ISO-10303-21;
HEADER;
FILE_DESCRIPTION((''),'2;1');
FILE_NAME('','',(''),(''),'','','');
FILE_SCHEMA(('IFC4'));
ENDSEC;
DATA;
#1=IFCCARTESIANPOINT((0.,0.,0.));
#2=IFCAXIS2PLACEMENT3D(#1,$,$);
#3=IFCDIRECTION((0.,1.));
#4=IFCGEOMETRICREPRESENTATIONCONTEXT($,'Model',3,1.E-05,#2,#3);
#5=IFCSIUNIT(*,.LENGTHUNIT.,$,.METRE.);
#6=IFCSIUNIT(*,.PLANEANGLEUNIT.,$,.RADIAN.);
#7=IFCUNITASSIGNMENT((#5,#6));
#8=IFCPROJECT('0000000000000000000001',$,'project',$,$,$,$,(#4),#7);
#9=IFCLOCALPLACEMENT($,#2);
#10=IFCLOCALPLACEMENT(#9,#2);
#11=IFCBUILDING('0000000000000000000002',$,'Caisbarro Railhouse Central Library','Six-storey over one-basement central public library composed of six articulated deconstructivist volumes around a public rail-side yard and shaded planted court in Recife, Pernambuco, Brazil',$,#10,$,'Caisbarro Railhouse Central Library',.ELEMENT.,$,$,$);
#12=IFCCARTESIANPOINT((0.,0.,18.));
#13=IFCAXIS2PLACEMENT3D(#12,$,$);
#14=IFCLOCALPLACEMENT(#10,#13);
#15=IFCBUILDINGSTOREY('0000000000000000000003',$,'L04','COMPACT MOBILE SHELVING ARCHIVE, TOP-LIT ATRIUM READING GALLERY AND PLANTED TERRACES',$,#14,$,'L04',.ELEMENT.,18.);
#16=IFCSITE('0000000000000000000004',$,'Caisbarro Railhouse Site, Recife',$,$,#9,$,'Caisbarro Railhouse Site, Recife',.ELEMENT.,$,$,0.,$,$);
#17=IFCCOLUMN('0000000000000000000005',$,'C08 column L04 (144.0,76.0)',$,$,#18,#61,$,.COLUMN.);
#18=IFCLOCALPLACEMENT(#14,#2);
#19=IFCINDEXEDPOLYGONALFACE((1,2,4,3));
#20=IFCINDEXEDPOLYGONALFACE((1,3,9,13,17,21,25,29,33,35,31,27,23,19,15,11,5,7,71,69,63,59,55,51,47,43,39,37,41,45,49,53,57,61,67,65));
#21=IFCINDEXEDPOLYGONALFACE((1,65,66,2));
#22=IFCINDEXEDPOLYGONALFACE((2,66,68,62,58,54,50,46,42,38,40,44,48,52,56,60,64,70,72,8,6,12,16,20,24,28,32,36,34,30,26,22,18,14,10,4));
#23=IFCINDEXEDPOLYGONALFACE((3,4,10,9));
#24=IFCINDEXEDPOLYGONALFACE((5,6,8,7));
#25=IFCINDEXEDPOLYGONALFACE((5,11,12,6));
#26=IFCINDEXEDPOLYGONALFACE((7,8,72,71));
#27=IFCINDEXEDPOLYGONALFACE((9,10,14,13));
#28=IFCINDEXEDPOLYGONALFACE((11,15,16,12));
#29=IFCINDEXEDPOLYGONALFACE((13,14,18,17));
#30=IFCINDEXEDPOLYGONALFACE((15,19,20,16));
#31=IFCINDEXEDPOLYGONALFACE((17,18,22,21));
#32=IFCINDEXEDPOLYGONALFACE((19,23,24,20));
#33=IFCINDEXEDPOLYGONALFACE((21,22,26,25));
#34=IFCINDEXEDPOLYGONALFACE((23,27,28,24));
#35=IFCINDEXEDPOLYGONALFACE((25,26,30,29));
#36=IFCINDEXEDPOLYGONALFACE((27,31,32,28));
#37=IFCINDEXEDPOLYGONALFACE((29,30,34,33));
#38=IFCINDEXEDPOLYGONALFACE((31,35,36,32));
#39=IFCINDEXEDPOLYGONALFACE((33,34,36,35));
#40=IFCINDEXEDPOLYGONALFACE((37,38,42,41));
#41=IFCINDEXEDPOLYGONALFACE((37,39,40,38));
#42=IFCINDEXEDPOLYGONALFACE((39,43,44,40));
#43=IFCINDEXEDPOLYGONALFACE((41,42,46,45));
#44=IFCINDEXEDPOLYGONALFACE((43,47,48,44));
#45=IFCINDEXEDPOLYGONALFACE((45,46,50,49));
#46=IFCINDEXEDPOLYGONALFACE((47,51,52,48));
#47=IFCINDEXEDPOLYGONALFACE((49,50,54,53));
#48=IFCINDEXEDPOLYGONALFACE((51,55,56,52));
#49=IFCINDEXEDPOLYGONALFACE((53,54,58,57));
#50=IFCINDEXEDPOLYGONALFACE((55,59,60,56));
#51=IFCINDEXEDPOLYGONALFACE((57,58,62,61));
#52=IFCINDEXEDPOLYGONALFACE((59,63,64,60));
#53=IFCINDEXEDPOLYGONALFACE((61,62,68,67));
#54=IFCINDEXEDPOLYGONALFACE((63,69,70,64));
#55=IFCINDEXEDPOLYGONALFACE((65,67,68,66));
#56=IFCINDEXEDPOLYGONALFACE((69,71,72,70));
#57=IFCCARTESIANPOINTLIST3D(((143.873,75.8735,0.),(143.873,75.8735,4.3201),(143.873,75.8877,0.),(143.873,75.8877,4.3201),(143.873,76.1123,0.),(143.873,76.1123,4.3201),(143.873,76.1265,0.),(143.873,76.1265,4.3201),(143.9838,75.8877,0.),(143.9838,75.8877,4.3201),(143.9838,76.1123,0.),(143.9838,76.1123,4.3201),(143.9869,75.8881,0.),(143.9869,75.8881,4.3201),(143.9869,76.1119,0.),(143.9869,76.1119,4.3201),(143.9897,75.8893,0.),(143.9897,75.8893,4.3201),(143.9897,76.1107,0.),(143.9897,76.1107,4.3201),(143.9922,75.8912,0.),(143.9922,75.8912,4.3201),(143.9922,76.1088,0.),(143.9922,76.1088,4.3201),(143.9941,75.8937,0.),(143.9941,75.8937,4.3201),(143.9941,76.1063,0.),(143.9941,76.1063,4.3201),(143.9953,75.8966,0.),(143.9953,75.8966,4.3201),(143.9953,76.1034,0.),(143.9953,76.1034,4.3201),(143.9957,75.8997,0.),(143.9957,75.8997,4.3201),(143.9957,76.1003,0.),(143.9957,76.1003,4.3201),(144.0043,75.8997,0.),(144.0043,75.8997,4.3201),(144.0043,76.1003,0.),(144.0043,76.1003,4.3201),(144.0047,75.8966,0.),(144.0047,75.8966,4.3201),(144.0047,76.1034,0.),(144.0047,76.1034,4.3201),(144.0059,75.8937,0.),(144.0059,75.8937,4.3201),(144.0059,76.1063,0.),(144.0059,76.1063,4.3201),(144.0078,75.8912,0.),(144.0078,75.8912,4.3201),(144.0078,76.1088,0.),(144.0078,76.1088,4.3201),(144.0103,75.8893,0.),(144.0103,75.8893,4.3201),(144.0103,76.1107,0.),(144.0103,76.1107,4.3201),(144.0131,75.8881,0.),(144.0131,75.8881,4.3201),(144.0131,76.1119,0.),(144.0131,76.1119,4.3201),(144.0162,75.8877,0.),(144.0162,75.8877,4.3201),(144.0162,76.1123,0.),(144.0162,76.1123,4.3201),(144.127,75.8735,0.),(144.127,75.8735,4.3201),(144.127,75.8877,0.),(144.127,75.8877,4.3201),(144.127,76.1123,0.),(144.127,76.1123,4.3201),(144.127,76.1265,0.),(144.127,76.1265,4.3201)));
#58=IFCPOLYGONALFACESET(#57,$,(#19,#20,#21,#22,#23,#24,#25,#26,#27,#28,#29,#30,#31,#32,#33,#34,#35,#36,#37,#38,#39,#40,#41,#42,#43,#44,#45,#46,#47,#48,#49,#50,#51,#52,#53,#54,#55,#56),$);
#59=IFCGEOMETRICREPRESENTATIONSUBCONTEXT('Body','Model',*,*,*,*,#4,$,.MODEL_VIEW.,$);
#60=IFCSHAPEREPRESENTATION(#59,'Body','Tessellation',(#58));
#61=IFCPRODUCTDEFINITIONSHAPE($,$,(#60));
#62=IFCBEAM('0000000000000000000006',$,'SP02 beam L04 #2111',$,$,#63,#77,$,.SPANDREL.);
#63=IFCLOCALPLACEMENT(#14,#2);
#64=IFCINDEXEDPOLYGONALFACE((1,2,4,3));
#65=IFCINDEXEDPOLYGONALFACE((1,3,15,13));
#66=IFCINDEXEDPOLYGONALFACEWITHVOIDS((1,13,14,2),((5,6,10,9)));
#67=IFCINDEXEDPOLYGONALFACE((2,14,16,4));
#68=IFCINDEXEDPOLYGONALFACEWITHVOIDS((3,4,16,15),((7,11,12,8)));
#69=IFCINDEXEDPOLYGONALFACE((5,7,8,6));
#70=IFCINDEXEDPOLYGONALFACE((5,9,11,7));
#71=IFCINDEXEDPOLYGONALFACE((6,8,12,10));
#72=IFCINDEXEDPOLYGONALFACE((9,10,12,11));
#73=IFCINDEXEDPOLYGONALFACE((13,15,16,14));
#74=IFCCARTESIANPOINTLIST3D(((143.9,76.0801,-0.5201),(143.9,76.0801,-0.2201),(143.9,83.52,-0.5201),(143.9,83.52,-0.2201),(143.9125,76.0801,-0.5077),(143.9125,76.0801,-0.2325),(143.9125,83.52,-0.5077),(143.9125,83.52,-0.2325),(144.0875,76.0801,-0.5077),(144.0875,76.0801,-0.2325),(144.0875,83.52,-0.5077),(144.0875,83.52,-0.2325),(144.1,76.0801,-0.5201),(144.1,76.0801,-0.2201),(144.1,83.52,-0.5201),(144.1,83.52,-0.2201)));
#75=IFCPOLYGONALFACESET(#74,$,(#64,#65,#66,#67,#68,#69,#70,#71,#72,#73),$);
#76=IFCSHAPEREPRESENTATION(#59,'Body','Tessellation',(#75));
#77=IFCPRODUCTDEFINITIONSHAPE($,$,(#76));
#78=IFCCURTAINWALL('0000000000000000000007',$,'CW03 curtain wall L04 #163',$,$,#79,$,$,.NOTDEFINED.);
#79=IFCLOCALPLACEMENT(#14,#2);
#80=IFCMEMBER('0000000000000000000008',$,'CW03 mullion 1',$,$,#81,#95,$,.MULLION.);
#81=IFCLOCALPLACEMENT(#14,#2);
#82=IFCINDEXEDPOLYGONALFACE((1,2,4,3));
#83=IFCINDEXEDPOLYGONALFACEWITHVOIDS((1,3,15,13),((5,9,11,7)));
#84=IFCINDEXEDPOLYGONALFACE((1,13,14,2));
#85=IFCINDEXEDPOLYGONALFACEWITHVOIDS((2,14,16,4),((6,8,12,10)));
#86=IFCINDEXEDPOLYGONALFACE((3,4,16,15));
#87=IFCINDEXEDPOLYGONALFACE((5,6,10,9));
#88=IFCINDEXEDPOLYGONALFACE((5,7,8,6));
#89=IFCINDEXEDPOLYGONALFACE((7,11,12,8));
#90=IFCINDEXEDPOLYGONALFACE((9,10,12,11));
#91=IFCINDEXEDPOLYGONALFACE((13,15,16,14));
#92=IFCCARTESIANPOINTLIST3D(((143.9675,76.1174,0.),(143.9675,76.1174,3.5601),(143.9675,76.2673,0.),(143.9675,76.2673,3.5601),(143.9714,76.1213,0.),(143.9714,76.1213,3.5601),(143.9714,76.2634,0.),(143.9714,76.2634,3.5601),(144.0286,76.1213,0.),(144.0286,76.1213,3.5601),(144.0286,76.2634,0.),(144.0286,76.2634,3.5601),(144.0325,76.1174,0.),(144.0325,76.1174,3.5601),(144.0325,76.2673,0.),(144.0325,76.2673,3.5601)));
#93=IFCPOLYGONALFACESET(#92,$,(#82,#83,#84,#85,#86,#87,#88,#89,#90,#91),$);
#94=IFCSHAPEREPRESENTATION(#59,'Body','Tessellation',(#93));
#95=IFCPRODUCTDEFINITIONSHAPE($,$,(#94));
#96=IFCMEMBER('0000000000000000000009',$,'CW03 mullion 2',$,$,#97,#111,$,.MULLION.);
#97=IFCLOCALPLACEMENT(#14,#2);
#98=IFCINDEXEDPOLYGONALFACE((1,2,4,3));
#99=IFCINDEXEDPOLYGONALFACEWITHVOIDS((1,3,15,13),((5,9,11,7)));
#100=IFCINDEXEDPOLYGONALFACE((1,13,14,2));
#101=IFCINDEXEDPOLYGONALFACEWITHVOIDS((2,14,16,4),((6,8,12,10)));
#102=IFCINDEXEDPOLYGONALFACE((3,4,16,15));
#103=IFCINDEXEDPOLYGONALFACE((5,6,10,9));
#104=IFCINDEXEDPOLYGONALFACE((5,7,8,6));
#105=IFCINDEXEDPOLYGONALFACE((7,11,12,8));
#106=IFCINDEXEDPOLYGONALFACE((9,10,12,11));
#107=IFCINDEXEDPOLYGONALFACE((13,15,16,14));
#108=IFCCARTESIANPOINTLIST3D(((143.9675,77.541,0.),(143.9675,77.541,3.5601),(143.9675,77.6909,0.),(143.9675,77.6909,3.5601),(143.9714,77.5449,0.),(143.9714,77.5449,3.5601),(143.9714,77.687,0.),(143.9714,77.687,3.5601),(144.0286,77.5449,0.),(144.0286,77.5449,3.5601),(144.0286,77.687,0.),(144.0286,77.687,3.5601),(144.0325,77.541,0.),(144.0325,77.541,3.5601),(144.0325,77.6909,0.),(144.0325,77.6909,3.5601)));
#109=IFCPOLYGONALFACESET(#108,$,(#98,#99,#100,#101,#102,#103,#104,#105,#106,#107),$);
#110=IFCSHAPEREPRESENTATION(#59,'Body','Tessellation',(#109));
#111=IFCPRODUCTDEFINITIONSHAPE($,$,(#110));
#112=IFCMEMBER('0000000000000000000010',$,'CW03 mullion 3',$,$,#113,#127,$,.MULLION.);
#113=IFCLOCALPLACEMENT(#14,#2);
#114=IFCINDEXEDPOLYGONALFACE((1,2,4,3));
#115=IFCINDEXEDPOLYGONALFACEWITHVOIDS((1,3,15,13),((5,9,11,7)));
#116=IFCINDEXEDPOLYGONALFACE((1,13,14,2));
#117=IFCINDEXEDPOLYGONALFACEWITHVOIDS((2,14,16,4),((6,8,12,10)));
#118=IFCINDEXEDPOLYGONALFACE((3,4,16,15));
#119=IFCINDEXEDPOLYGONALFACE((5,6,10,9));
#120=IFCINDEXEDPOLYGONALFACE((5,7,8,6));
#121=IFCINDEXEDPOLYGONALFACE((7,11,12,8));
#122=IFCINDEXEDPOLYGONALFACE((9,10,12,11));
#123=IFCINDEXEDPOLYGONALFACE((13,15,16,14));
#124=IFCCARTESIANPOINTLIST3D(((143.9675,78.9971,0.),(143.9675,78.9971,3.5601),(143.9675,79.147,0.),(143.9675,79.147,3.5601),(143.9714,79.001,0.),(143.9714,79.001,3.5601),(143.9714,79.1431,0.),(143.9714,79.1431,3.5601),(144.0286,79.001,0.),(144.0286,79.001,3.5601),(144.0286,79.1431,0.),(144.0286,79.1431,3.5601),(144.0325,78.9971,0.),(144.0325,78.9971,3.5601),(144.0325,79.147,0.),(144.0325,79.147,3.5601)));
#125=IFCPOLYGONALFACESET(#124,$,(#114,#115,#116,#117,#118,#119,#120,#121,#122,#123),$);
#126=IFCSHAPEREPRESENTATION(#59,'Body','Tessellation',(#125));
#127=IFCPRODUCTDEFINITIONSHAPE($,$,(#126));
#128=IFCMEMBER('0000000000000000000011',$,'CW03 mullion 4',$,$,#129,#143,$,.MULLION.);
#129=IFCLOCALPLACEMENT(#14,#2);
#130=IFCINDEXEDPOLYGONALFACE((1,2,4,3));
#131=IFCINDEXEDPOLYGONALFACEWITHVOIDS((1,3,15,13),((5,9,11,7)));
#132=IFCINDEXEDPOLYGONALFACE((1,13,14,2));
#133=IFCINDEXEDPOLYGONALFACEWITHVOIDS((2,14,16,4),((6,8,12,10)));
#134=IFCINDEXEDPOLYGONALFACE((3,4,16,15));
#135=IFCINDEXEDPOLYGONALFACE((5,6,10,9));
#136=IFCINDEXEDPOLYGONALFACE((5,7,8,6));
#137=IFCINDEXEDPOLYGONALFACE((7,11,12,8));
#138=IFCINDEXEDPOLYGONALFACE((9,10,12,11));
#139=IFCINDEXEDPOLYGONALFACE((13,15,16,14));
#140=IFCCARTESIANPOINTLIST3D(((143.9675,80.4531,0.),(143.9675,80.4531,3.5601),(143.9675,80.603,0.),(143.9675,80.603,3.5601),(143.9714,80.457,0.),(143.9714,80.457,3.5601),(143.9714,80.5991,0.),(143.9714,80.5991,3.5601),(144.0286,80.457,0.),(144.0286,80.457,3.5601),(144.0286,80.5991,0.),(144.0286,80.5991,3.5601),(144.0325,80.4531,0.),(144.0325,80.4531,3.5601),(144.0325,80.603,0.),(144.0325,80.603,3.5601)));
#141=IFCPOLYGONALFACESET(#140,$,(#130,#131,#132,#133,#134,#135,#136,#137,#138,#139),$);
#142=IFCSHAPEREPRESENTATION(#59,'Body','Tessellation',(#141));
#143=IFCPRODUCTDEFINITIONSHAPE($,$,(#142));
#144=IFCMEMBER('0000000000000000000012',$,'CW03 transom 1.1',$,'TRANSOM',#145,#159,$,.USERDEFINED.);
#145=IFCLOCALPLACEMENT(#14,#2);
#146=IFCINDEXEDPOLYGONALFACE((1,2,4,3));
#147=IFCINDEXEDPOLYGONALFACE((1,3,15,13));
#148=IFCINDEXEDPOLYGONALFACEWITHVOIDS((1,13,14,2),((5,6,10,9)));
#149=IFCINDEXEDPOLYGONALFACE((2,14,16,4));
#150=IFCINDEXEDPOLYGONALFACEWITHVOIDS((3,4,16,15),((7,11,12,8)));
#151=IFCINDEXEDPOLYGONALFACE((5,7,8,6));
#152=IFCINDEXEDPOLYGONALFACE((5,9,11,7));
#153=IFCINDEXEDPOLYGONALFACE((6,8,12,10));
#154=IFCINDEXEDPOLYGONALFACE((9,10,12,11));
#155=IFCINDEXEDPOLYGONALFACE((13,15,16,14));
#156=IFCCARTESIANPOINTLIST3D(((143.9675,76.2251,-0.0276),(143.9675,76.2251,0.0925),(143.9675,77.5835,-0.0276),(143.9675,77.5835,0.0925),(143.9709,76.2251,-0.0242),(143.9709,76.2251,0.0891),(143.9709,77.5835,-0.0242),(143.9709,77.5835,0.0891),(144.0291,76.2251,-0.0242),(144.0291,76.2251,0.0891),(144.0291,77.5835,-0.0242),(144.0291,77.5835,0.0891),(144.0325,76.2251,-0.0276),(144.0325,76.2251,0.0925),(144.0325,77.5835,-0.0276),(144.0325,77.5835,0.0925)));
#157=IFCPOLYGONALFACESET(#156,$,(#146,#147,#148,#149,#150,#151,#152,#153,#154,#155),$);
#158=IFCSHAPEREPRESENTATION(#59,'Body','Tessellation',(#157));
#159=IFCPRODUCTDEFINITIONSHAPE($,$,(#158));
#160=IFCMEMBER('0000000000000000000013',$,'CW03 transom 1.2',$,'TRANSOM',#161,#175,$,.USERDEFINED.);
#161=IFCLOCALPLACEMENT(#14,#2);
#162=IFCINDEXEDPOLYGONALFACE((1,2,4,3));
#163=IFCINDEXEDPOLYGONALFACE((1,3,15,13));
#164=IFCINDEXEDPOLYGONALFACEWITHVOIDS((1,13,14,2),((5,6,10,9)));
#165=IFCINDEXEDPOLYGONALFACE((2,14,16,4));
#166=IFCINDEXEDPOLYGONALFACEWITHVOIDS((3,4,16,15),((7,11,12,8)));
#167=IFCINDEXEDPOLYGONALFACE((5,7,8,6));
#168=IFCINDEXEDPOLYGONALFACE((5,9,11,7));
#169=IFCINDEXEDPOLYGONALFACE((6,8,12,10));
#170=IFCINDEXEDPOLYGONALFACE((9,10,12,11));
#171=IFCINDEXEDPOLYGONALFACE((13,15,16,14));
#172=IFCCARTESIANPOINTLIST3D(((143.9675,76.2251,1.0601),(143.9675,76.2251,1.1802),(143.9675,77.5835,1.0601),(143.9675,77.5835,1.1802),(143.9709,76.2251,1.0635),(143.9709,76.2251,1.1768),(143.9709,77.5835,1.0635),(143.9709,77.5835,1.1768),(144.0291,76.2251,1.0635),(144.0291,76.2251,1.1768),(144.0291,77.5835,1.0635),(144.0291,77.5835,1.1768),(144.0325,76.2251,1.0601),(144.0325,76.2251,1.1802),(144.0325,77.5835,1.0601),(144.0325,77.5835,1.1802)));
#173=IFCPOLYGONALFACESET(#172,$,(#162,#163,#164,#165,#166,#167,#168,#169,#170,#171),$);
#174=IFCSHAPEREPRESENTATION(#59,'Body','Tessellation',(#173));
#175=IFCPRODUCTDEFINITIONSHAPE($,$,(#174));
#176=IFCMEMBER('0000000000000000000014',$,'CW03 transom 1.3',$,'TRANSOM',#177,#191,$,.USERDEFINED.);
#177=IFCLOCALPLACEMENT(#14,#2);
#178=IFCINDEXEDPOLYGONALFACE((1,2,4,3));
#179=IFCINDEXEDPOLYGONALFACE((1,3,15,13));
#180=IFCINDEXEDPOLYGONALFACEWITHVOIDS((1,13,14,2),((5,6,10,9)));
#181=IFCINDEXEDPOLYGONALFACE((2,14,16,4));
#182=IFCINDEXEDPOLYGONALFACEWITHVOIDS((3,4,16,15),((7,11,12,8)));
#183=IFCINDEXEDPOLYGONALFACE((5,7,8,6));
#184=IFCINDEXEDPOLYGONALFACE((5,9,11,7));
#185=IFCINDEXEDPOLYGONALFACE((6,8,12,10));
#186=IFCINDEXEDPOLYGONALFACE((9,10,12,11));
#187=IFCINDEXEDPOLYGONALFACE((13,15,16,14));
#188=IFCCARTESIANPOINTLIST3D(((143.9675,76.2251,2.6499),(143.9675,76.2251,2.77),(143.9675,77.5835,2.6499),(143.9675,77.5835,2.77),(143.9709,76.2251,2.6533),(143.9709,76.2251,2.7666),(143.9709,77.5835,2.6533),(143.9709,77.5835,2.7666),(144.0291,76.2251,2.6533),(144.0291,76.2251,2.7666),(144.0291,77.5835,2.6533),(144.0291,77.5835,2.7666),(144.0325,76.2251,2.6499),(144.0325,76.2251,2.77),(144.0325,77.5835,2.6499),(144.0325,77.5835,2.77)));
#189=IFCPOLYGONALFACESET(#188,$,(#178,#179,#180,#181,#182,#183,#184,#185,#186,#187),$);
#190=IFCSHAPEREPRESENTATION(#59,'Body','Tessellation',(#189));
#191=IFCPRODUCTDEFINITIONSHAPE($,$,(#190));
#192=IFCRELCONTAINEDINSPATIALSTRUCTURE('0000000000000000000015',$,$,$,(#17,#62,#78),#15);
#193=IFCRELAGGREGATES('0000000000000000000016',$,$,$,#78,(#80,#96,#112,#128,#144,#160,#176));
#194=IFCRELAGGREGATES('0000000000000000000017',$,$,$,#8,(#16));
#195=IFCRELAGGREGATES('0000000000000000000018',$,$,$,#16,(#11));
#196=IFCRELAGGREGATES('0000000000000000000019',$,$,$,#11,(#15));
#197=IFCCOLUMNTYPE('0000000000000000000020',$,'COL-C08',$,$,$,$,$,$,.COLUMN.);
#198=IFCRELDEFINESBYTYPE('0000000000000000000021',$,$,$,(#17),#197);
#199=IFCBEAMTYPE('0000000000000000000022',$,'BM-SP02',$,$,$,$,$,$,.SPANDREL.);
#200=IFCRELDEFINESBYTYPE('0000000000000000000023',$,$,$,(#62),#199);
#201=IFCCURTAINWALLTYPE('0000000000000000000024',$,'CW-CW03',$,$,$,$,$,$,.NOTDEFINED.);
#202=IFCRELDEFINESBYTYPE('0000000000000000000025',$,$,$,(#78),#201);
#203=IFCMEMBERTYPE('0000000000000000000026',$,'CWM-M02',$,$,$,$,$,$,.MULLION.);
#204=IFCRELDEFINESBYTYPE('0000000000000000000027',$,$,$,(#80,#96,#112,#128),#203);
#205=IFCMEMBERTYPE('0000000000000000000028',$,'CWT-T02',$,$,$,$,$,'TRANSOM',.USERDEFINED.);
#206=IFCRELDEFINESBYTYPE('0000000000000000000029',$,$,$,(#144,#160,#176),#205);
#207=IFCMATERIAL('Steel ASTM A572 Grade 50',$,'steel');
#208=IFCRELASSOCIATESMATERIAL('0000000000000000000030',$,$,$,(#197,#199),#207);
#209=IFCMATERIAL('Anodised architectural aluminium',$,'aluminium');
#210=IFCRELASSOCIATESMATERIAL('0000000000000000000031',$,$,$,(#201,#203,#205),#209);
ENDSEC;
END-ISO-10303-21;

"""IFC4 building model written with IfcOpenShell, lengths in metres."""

from ifc_helpers import new_model, si_unit, direction, frame, origin, origin_2d, place, context, subcontext, project, spatial, hollow_rectangle, i_section, extrude, material, material_profile, profile_set, type_object, element, aggregate, save


model = new_model("IFC4")

# Units and contexts
model_context = context("Model", 3, precision=1e-05, world=origin(), true_north=direction((0.0, 1.0)))
body_context = subcontext(model_context, "Body", "Model", "MODEL_VIEW")
ifc_project = project(units=[si_unit("LENGTHUNIT", "METRE"), si_unit("PLANEANGLEUNIT", "RADIAN")], contexts=[model_context])

# Site, building, storey
site_placement = place(None, origin())
site = spatial("IfcSite", under=ifc_project, at=site_placement, Name="Caisbarro Railhouse Site, Recife", LongName="Caisbarro Railhouse Site, Recife", CompositionType="ELEMENT", RefElevation=0.0)
building_placement = place(site_placement, origin())
building = spatial("IfcBuilding", under=site, at=building_placement, Name="Caisbarro Railhouse Central Library", Description="Six-storey over one-basement central public library composed of six articulated deconstructivist volumes around a public rail-side yard and shaded planted court in Recife, Pernambuco, Brazil", LongName="Caisbarro Railhouse Central Library", CompositionType="ELEMENT")
storey_placement = place(building_placement, frame((0.0, 0.0, 18.0)))
storey = spatial("IfcBuildingStorey", under=building, at=storey_placement, Name="L04", Description="COMPACT MOBILE SHELVING ARCHIVE, TOP-LIT ATRIUM READING GALLERY AND PLANTED TERRACES", LongName="L04", CompositionType="ELEMENT", Elevation=18.0)

# Column
ifc_material_1 = material(Name="Steel ASTM A572 Grade 50", Category="steel")
ifc_material_profile_1 = material_profile(ifc_material_1, i_section(OverallWidth=0.2539, OverallDepth=0.2529, WebThickness=0.0085, FlangeThickness=0.0142, FilletRadius=0.012, at=origin_2d()), Name="W250X73.0")
ifc_profile_set_1 = profile_set([ifc_material_profile_1], Name="Steel ASTM A572 Grade 50")
column_type = type_object("IfcColumnType", Name="COL-C08", PredefinedType="COLUMN", material=ifc_profile_set_1)
column_placement = place(storey_placement, frame((144.0, 76.0, 0.0), z_axis=(0.0, 0.0, 1.0), x_axis=(1.0, 0.0, 0.0)))
element("IfcColumn", 1, at=column_placement, inside=storey, type_object=column_type, Name="C08 column L04 (144.0,76.0)", PredefinedType="COLUMN", context=body_context, shape_type="SweptSolid", body=[
    extrude(i_section(OverallWidth=0.2539, OverallDepth=0.2529, WebThickness=0.0085, FlangeThickness=0.0142, FilletRadius=0.012, at=origin_2d()), origin(), (0.0, 0.0, 1.0), 4.3201),
])

# Beam
ifc_material_profile_2 = material_profile(ifc_material_1, hollow_rectangle(XDim=0.2, YDim=0.3, WallThickness=0.0125, at=origin_2d()), Name="HSS300X200X12.5")
ifc_profile_set_2 = profile_set([ifc_material_profile_2], Name="Steel ASTM A572 Grade 50")
beam_type = type_object("IfcBeamType", Name="BM-SP02", PredefinedType="SPANDREL", material=ifc_profile_set_2)
beam_placement = place(storey_placement, frame((144.0, 76.0801, -0.3701), z_axis=(0.0, 1.0, 0.0), x_axis=(-1.0, 0.0, 0.0)))
element("IfcBeam", 2, at=beam_placement, inside=storey, type_object=beam_type, Name="SP02 beam L04 #2111", PredefinedType="SPANDREL", context=body_context, shape_type="SweptSolid", body=[
    extrude(hollow_rectangle(XDim=0.2, YDim=0.3, WallThickness=0.0125, at=origin_2d()), origin(), (0.0, 0.0, 1.0), 7.4399),
])

# Curtain wall, members
ifc_material_2 = material(Name="Anodised architectural aluminium", Category="aluminium")
curtain_wall_type = type_object("IfcCurtainWallType", Name="CW-CW03", PredefinedType="NOTDEFINED", material=ifc_material_2)
curtain_wall_placement = place(storey_placement, origin())
curtain_wall = element("IfcCurtainWall", 3, at=curtain_wall_placement, inside=storey, type_object=curtain_wall_type, Name="CW03 curtain wall L04 #163", PredefinedType="NOTDEFINED")
ifc_material_profile_3 = material_profile(ifc_material_2, hollow_rectangle(XDim=0.0649, YDim=0.1499, WallThickness=0.0039, at=origin_2d()), Name="ALU-MUL-65X150")
ifc_profile_set_3 = profile_set([ifc_material_profile_3], Name="Anodised architectural aluminium")
member_type_1 = type_object("IfcMemberType", Name="CWM-M02", PredefinedType="MULLION", material=ifc_profile_set_3)
member_1_placement = place(storey_placement, frame((144.0, 76.1924, 0.0), z_axis=(0.0, 0.0, 1.0), x_axis=(-1.0, 0.0, 0.0)))
member_1 = element("IfcMember", 4, at=member_1_placement, type_object=member_type_1, Name="CW03 mullion 1", PredefinedType="MULLION", context=body_context, shape_type="SweptSolid", body=[
    extrude(hollow_rectangle(XDim=0.0649, YDim=0.1499, WallThickness=0.0039, at=origin_2d()), origin(), (0.0, 0.0, 1.0), 3.5601),
])
member_2_placement = place(storey_placement, frame((144.0, 77.616, 0.0), z_axis=(0.0, 0.0, 1.0), x_axis=(-1.0, 0.0, 0.0)))
member_2 = element("IfcMember", 5, at=member_2_placement, type_object=member_type_1, Name="CW03 mullion 2", PredefinedType="MULLION", context=body_context, shape_type="SweptSolid", body=[
    extrude(hollow_rectangle(XDim=0.0649, YDim=0.1499, WallThickness=0.0039, at=origin_2d()), origin(), (0.0, 0.0, 1.0), 3.5601),
])
member_3_placement = place(storey_placement, frame((144.0, 79.072, 0.0), z_axis=(0.0, 0.0, 1.0), x_axis=(-1.0, 0.0, 0.0)))
member_3 = element("IfcMember", 6, at=member_3_placement, type_object=member_type_1, Name="CW03 mullion 3", PredefinedType="MULLION", context=body_context, shape_type="SweptSolid", body=[
    extrude(hollow_rectangle(XDim=0.0649, YDim=0.1499, WallThickness=0.0039, at=origin_2d()), origin(), (0.0, 0.0, 1.0), 3.5601),
])
member_4_placement = place(storey_placement, frame((144.0, 80.5281, 0.0), z_axis=(0.0, 0.0, 1.0), x_axis=(-1.0, 0.0, 0.0)))
member_4 = element("IfcMember", 7, at=member_4_placement, type_object=member_type_1, Name="CW03 mullion 4", PredefinedType="MULLION", context=body_context, shape_type="SweptSolid", body=[
    extrude(hollow_rectangle(XDim=0.0649, YDim=0.1499, WallThickness=0.0039, at=origin_2d()), origin(), (0.0, 0.0, 1.0), 3.5601),
])
ifc_material_profile_4 = material_profile(ifc_material_2, hollow_rectangle(XDim=0.0649, YDim=0.1201, WallThickness=0.0034, at=origin_2d()), Name="ALU-TRN-65X120")
ifc_profile_set_4 = profile_set([ifc_material_profile_4], Name="Anodised architectural aluminium")
member_type_2 = type_object("IfcMemberType", Name="CWT-T02", ElementType="TRANSOM", PredefinedType="USERDEFINED", material=ifc_profile_set_4)
member_5_placement = place(storey_placement, frame((144.0, 76.2251, 0.0325), z_axis=(0.0, 1.0, 0.0), x_axis=(-1.0, 0.0, 0.0)))
member_5 = element("IfcMember", 8, at=member_5_placement, type_object=member_type_2, Name="CW03 transom 1.1", ObjectType="TRANSOM", PredefinedType="USERDEFINED", context=body_context, shape_type="SweptSolid", body=[
    extrude(hollow_rectangle(XDim=0.0649, YDim=0.1201, WallThickness=0.0034, at=origin_2d()), origin(), (0.0, 0.0, 1.0), 1.3584),
])
member_6_placement = place(storey_placement, frame((144.0, 76.2251, 1.1201), z_axis=(0.0, 1.0, 0.0), x_axis=(-1.0, 0.0, 0.0)))
member_6 = element("IfcMember", 9, at=member_6_placement, type_object=member_type_2, Name="CW03 transom 1.2", ObjectType="TRANSOM", PredefinedType="USERDEFINED", context=body_context, shape_type="SweptSolid", body=[
    extrude(hollow_rectangle(XDim=0.0649, YDim=0.1201, WallThickness=0.0034, at=origin_2d()), origin(), (0.0, 0.0, 1.0), 1.3584),
])
member_7_placement = place(storey_placement, frame((144.0, 76.2251, 2.71), z_axis=(0.0, 1.0, 0.0), x_axis=(-1.0, 0.0, 0.0)))
member_7 = element("IfcMember", 10, at=member_7_placement, type_object=member_type_2, Name="CW03 transom 1.3", ObjectType="TRANSOM", PredefinedType="USERDEFINED", context=body_context, shape_type="SweptSolid", body=[
    extrude(hollow_rectangle(XDim=0.0649, YDim=0.1201, WallThickness=0.0034, at=origin_2d()), origin(), (0.0, 0.0, 1.0), 1.3584),
])
aggregate(curtain_wall, [member_1, member_2, member_3, member_4, member_5, member_6, member_7])

save(model, "model.ifc")
